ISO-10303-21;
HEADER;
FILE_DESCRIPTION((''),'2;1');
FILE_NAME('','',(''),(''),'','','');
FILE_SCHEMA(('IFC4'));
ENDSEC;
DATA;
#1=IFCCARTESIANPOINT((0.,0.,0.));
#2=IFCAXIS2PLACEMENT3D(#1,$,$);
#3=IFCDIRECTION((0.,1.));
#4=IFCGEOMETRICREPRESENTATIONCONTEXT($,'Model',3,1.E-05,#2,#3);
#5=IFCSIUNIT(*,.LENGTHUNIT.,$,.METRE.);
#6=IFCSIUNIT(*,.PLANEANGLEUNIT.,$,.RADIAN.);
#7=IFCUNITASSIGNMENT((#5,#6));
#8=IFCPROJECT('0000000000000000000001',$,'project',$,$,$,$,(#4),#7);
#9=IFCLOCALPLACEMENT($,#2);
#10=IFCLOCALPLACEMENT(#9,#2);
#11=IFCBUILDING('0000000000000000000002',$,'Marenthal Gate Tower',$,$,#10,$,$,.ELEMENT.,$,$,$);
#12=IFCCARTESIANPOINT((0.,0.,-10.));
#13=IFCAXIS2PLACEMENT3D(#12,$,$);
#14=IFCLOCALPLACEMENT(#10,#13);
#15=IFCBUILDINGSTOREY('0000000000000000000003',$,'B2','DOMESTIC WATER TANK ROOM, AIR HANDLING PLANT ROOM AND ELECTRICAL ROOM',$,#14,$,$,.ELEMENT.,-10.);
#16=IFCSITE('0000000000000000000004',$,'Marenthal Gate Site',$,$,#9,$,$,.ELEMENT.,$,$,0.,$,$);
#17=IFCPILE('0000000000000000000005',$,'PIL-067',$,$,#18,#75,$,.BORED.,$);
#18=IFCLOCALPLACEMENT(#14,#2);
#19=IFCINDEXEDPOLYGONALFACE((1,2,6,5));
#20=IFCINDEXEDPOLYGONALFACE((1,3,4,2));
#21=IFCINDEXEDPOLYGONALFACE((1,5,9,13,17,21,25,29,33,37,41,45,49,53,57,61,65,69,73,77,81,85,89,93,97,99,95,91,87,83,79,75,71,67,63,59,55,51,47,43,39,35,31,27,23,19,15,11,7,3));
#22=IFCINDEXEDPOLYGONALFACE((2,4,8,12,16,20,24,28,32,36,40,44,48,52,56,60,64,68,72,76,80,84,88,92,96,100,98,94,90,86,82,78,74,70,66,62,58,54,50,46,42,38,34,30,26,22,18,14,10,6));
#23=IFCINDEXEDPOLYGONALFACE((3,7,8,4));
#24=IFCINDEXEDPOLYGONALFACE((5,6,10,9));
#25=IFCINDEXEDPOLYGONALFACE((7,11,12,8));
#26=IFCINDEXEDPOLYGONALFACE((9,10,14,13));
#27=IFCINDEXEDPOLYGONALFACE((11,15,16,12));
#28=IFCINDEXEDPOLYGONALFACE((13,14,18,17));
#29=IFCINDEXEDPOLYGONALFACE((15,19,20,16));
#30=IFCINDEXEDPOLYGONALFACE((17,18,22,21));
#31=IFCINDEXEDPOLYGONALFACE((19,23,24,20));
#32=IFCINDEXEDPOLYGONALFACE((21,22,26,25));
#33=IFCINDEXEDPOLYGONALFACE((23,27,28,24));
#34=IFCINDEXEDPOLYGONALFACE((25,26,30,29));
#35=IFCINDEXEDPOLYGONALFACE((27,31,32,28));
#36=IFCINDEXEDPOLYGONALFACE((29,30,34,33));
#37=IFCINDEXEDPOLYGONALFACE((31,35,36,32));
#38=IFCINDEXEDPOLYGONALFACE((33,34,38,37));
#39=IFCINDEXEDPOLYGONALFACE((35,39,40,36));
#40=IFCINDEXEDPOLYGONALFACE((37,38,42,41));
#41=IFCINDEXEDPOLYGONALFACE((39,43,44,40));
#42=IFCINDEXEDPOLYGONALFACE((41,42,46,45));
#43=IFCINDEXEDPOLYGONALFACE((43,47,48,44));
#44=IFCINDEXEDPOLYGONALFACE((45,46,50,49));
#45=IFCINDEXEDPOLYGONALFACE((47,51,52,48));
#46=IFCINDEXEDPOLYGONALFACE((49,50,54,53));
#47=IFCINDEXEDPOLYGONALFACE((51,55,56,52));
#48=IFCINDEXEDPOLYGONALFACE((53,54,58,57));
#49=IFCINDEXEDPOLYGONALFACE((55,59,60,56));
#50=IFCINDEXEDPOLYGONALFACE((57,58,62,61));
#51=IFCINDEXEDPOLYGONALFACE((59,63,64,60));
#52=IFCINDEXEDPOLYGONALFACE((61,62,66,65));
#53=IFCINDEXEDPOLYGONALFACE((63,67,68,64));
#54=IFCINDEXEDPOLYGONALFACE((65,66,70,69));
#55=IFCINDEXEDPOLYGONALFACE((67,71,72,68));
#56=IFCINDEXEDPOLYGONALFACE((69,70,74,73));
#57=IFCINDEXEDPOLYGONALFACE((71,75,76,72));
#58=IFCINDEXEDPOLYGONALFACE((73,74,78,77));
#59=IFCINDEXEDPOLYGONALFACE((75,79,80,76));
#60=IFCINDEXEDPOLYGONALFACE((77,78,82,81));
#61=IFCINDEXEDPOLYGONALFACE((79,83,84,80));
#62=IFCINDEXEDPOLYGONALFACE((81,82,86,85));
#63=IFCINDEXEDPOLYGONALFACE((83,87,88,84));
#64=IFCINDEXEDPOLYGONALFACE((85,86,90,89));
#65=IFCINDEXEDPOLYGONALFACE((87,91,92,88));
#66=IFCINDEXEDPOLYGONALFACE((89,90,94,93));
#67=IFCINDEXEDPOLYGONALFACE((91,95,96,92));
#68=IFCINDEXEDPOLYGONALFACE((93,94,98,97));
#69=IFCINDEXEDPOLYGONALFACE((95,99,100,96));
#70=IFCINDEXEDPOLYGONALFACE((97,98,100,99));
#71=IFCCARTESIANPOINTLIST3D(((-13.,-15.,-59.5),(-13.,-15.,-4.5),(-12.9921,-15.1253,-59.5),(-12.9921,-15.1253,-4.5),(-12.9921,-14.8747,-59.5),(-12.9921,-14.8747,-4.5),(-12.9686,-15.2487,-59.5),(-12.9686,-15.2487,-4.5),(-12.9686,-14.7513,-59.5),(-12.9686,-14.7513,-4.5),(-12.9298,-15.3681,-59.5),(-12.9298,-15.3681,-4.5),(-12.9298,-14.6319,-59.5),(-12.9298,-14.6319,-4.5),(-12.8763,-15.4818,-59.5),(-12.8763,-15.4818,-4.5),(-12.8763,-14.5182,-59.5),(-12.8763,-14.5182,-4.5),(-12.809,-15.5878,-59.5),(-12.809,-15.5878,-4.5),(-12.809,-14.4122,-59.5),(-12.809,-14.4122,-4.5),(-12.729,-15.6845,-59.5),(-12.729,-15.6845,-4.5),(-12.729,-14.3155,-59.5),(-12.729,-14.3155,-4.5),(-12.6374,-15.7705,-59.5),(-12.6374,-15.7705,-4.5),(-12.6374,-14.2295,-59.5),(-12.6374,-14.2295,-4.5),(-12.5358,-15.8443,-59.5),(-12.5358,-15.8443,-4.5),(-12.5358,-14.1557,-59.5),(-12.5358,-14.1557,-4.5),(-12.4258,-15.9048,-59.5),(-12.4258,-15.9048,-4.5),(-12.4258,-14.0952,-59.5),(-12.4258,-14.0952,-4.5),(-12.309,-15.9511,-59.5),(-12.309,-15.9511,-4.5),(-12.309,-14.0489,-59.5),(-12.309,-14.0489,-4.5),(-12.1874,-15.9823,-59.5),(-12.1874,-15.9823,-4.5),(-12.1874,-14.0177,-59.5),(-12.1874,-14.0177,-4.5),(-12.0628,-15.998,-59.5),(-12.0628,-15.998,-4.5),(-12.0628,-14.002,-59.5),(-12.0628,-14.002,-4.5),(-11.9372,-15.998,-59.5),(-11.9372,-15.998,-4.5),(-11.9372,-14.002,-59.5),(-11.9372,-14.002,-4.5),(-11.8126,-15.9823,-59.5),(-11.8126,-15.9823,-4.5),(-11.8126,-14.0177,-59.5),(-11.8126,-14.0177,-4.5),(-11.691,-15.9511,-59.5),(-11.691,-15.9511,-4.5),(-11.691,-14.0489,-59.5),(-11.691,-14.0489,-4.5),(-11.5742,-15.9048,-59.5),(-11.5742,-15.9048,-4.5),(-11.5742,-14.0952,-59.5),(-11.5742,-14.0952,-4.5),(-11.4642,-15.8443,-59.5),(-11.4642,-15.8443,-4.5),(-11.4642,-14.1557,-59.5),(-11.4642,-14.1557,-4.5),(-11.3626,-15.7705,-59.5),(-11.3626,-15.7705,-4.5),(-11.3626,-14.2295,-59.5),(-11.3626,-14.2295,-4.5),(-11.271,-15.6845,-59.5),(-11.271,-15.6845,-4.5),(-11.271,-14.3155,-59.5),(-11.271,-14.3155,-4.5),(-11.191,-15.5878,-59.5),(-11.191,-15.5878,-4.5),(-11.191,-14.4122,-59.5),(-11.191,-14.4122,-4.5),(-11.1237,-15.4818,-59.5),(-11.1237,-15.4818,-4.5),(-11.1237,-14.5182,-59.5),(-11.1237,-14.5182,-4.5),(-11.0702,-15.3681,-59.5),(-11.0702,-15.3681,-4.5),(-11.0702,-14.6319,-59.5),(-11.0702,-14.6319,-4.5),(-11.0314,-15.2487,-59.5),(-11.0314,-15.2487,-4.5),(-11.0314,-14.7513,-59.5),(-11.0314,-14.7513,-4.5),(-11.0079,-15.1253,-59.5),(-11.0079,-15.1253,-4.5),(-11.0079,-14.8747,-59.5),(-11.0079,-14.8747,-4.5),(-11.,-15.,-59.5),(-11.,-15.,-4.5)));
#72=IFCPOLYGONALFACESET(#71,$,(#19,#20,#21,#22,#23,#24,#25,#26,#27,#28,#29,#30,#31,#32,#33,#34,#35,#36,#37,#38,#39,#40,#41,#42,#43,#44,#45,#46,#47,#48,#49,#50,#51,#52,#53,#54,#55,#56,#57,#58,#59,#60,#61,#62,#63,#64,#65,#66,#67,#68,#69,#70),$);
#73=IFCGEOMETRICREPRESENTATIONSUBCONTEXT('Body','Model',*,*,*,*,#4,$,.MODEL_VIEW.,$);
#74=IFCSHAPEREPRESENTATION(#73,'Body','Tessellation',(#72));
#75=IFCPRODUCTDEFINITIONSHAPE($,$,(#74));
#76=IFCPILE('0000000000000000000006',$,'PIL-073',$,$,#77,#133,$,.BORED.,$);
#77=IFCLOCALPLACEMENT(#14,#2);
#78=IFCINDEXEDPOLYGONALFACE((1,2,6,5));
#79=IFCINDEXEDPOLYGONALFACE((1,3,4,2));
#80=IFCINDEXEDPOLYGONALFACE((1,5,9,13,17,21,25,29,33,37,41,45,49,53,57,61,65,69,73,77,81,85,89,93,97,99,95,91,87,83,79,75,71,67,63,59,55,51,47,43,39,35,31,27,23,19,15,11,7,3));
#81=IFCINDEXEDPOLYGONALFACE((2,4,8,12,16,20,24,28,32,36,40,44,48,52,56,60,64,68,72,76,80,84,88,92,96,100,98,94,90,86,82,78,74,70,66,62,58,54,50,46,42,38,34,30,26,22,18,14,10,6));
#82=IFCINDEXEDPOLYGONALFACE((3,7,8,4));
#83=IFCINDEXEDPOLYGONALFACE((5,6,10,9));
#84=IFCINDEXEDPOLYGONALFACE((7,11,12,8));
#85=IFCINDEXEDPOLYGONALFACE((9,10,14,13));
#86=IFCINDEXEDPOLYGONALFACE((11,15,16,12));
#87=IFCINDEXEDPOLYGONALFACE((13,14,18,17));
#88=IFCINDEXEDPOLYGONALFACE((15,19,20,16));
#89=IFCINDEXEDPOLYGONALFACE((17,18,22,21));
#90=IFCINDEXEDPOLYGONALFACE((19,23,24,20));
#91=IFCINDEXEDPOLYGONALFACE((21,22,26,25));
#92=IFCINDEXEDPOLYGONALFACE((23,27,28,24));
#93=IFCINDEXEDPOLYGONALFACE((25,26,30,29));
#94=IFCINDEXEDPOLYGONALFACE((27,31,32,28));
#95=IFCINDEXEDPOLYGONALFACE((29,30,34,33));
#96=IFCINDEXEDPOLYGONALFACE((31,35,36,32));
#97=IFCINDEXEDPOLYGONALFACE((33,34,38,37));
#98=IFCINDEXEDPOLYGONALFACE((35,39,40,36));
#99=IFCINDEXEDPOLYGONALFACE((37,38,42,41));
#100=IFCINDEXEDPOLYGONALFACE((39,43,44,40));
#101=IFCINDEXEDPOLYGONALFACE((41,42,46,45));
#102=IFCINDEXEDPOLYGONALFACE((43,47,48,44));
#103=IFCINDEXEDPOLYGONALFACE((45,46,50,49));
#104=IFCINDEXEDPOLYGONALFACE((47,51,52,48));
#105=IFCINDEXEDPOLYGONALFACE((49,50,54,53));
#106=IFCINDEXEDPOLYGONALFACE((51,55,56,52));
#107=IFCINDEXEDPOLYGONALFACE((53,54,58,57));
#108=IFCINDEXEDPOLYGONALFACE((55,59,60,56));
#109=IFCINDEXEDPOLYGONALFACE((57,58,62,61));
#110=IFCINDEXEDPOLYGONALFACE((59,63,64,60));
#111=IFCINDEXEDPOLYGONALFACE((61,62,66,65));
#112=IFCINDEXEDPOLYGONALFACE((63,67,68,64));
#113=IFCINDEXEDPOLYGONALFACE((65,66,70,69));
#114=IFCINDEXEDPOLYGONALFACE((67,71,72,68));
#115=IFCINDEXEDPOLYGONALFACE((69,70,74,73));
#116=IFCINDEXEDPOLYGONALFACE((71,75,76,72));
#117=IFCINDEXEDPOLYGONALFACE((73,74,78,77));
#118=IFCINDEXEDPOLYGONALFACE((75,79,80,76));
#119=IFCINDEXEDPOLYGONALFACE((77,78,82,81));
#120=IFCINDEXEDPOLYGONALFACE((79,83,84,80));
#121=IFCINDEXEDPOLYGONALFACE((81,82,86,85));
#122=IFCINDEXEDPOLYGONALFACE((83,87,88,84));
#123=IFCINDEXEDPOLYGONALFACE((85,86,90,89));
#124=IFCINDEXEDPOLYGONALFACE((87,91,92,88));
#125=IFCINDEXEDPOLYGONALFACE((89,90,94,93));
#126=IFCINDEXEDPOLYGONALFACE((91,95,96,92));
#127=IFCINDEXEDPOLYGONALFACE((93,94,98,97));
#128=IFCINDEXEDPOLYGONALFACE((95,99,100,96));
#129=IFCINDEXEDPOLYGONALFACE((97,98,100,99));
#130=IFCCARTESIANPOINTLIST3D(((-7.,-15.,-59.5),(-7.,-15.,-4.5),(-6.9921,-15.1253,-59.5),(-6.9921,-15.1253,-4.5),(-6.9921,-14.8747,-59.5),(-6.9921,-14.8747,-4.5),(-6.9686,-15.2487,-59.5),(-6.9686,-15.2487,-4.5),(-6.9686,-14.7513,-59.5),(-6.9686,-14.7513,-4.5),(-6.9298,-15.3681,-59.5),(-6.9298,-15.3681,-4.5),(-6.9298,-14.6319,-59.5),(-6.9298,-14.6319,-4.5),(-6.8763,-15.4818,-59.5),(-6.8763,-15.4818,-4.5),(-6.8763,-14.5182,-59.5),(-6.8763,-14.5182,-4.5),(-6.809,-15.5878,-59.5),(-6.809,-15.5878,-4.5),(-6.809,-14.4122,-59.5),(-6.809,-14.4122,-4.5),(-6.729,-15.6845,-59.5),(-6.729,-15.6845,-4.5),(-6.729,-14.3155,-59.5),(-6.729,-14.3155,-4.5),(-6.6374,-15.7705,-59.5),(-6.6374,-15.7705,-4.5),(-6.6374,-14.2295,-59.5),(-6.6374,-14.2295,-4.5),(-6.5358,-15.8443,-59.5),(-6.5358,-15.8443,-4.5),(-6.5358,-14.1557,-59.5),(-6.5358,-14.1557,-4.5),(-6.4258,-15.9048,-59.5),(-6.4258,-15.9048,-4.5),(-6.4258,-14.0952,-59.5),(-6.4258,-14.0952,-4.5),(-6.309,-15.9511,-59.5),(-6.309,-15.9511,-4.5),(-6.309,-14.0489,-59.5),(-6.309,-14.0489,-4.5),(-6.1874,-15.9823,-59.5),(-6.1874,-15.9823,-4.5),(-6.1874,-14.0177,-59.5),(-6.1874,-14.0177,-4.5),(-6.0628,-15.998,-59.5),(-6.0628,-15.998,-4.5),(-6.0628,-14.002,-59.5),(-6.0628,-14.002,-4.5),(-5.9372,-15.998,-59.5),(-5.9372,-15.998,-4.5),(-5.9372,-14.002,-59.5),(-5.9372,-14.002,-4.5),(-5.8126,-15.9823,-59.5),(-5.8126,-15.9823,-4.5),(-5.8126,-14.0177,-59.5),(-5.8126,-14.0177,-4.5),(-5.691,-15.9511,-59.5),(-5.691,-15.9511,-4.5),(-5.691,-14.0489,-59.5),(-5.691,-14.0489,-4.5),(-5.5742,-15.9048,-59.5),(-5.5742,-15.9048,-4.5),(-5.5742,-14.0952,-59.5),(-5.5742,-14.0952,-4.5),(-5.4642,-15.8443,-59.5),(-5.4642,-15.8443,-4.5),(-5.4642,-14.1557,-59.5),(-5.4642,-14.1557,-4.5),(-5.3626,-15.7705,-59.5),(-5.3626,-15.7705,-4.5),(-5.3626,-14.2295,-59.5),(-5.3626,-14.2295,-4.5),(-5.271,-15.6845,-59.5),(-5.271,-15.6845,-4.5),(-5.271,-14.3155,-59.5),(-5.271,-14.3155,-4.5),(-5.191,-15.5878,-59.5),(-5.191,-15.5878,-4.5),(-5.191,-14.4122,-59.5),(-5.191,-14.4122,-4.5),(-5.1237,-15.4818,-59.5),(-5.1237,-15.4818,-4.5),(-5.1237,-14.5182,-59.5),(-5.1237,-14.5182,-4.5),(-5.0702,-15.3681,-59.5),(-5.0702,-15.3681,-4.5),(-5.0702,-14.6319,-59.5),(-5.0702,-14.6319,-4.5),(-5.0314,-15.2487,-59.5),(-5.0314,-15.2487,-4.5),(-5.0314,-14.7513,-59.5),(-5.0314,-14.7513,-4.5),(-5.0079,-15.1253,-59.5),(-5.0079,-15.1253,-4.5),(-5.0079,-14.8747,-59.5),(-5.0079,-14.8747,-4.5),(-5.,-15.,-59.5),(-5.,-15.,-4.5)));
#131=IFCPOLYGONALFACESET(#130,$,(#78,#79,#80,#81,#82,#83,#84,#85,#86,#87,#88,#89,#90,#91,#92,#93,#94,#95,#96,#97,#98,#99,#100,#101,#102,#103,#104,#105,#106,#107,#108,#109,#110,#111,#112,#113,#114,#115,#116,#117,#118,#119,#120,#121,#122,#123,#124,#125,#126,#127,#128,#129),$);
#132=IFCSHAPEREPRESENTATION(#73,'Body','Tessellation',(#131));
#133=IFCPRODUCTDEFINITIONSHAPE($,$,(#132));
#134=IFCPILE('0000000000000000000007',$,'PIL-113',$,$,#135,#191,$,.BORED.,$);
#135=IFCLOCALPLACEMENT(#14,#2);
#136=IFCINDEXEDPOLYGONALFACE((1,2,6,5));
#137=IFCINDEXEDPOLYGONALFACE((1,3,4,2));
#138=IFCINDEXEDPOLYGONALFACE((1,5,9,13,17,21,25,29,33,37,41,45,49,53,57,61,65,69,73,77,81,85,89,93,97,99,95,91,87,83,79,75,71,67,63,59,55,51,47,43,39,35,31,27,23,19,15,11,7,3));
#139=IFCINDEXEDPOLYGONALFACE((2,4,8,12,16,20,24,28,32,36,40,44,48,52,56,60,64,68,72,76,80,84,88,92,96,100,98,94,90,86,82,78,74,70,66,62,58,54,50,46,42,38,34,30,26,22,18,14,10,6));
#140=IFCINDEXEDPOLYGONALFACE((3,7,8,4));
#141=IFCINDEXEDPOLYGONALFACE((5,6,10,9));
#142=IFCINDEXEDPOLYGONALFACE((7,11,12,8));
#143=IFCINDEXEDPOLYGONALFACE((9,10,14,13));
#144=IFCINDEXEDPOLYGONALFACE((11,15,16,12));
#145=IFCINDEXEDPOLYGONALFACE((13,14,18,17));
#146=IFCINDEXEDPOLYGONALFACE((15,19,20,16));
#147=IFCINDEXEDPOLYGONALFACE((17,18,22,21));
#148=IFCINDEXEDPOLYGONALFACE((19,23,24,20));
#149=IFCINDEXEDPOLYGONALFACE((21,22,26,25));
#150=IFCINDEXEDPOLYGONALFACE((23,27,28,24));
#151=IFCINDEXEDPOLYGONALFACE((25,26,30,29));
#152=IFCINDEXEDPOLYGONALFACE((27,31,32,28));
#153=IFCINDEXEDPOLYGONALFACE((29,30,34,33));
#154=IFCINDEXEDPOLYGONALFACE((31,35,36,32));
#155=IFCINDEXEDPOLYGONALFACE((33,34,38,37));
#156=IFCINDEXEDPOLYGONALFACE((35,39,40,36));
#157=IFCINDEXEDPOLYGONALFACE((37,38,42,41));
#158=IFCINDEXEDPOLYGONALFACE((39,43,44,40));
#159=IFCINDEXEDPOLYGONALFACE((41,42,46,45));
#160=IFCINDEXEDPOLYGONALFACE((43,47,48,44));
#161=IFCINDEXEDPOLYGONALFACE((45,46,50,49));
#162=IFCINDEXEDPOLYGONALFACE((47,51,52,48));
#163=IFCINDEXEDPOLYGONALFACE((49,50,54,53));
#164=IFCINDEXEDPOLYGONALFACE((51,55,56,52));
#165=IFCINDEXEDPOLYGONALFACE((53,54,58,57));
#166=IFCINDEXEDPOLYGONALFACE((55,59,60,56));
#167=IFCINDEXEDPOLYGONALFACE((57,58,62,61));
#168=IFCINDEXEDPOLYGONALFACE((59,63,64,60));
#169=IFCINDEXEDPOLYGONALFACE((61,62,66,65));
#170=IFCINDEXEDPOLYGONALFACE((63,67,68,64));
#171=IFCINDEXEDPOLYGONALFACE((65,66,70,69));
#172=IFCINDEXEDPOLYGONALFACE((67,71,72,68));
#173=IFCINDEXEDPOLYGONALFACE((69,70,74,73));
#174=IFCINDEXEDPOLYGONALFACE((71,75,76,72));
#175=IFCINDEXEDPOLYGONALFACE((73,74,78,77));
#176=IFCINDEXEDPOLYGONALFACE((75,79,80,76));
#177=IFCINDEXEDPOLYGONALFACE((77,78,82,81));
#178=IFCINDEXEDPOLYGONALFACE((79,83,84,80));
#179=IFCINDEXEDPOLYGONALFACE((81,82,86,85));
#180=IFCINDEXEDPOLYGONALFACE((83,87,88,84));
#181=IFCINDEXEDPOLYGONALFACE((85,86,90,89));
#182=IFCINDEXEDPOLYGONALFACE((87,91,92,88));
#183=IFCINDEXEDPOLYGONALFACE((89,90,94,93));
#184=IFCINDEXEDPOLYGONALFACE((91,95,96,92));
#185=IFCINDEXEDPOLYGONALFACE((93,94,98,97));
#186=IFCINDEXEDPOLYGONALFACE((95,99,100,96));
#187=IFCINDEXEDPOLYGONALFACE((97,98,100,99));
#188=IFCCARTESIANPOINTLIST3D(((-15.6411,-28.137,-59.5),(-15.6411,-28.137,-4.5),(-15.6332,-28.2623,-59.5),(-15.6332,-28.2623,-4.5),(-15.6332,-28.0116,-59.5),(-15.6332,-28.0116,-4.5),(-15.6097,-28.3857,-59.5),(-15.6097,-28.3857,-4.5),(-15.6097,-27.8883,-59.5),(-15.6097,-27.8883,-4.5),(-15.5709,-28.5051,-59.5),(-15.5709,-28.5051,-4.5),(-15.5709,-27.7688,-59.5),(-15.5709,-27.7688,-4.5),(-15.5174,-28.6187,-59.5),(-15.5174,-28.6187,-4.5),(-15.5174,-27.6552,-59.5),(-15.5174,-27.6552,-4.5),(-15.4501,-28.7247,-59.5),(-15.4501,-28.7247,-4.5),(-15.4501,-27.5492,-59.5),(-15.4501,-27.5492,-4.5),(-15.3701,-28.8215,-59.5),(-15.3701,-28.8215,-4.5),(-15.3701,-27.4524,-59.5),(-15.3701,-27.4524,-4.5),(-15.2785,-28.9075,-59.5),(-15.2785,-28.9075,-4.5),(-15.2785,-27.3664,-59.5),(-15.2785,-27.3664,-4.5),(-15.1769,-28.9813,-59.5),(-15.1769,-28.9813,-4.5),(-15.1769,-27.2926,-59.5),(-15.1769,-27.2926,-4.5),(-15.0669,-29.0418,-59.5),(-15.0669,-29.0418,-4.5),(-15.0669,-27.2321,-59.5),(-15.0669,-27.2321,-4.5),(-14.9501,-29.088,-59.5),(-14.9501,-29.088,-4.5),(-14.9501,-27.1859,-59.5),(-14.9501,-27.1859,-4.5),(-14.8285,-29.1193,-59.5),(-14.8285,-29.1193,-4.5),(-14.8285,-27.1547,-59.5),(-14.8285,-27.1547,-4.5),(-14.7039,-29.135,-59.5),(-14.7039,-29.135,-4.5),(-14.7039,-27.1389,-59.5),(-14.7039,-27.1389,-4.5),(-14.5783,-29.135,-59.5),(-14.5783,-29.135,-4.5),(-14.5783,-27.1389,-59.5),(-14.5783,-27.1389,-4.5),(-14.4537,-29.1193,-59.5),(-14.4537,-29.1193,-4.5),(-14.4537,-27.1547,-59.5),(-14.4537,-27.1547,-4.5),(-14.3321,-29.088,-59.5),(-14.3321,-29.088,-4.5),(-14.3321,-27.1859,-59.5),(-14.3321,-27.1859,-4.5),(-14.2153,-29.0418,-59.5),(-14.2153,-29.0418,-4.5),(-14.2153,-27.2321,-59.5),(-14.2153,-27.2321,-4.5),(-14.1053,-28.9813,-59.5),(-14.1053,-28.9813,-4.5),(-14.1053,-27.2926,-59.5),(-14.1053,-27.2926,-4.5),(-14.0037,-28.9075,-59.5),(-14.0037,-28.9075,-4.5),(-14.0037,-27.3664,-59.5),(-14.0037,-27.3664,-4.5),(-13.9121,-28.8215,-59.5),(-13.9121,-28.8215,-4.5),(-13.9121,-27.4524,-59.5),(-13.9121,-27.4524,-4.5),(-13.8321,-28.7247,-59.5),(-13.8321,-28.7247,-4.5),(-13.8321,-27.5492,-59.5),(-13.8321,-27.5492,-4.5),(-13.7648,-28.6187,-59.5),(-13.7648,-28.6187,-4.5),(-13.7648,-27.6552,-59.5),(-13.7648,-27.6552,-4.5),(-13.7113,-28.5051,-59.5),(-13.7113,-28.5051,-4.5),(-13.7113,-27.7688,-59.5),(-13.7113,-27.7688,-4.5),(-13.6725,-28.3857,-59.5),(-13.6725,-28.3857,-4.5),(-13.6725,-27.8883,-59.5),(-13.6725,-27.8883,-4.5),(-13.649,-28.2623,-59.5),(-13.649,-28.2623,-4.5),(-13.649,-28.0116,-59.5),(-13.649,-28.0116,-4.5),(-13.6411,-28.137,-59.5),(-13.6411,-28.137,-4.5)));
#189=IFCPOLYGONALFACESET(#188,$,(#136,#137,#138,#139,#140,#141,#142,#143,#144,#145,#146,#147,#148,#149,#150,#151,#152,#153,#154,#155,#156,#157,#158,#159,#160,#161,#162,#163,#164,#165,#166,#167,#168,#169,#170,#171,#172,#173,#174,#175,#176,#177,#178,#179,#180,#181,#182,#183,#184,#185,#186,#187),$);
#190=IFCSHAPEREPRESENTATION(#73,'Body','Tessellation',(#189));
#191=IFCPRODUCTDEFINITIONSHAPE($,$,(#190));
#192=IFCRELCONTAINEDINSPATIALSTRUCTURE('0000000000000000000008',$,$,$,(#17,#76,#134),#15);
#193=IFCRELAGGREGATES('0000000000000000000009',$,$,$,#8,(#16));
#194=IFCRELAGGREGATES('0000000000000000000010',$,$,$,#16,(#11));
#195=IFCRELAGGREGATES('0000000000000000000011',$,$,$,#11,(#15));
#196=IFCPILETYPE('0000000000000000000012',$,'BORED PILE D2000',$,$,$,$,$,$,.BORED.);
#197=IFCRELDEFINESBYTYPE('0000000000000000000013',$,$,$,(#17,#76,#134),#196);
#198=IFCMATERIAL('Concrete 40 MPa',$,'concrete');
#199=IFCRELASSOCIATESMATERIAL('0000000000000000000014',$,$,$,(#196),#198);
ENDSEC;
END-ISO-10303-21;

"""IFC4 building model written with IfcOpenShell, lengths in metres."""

from ifc_helpers import new_model, si_unit, direction, frame, origin, origin_2d, place, context, subcontext, project, spatial, circle, extrude, material, type_object, element, save


model = new_model("IFC4")

# Units and contexts
model_context = context("Model", 3, precision=1e-05, world=origin(), true_north=direction((0.0, 1.0)))
body_context = subcontext(model_context, "Body", "Model", "MODEL_VIEW")
ifc_project = project(units=[si_unit("LENGTHUNIT", "METRE"), si_unit("PLANEANGLEUNIT", "RADIAN")], contexts=[model_context])

# Site, building, storey
site_placement = place(None, origin())
site = spatial("IfcSite", under=ifc_project, at=site_placement, Name="Marenthal Gate Site", CompositionType="ELEMENT", RefElevation=0.0)
building_placement = place(site_placement, origin())
building = spatial("IfcBuilding", under=site, at=building_placement, Name="Marenthal Gate Tower", CompositionType="ELEMENT")
storey_placement = place(building_placement, frame((0.0, 0.0, -10.0)))
storey = spatial("IfcBuildingStorey", under=building, at=storey_placement, Name="B2", Description="DOMESTIC WATER TANK ROOM, AIR HANDLING PLANT ROOM AND ELECTRICAL ROOM", CompositionType="ELEMENT", Elevation=-10.0)

# Piles
ifc_material_1 = material(Name="Concrete 40 MPa", Category="concrete")
pile_type = type_object("IfcPileType", Name="BORED PILE D2000", PredefinedType="BORED", material=ifc_material_1)
for number, where, z_axis, x_axis, name in (
    (1, (-12.0, -15.0, -4.5), (0.0, 0.0, -1.0), (1.0, 0.0, 0.0), "PIL-067"),
    (2, (-6.0, -15.0, -4.5), (0.0, 0.0, -1.0), (1.0, 0.0, 0.0), "PIL-073"),
    (3, (-14.6411, -28.137, -4.5), (0.0, 0.0, -1.0), (1.0, 0.0, 0.0), "PIL-113"),
):
    element("IfcPile", number, at=place(storey_placement, frame(where, z_axis=z_axis, x_axis=x_axis)), inside=storey, type_object=pile_type, Name=name, PredefinedType="BORED", context=body_context, shape_type="SweptSolid", body=[
        extrude(circle(Radius=1.0, at=origin_2d()), origin(), (0.0, 0.0, 1.0), 55.0),
    ])

save(model, "model.ifc")
